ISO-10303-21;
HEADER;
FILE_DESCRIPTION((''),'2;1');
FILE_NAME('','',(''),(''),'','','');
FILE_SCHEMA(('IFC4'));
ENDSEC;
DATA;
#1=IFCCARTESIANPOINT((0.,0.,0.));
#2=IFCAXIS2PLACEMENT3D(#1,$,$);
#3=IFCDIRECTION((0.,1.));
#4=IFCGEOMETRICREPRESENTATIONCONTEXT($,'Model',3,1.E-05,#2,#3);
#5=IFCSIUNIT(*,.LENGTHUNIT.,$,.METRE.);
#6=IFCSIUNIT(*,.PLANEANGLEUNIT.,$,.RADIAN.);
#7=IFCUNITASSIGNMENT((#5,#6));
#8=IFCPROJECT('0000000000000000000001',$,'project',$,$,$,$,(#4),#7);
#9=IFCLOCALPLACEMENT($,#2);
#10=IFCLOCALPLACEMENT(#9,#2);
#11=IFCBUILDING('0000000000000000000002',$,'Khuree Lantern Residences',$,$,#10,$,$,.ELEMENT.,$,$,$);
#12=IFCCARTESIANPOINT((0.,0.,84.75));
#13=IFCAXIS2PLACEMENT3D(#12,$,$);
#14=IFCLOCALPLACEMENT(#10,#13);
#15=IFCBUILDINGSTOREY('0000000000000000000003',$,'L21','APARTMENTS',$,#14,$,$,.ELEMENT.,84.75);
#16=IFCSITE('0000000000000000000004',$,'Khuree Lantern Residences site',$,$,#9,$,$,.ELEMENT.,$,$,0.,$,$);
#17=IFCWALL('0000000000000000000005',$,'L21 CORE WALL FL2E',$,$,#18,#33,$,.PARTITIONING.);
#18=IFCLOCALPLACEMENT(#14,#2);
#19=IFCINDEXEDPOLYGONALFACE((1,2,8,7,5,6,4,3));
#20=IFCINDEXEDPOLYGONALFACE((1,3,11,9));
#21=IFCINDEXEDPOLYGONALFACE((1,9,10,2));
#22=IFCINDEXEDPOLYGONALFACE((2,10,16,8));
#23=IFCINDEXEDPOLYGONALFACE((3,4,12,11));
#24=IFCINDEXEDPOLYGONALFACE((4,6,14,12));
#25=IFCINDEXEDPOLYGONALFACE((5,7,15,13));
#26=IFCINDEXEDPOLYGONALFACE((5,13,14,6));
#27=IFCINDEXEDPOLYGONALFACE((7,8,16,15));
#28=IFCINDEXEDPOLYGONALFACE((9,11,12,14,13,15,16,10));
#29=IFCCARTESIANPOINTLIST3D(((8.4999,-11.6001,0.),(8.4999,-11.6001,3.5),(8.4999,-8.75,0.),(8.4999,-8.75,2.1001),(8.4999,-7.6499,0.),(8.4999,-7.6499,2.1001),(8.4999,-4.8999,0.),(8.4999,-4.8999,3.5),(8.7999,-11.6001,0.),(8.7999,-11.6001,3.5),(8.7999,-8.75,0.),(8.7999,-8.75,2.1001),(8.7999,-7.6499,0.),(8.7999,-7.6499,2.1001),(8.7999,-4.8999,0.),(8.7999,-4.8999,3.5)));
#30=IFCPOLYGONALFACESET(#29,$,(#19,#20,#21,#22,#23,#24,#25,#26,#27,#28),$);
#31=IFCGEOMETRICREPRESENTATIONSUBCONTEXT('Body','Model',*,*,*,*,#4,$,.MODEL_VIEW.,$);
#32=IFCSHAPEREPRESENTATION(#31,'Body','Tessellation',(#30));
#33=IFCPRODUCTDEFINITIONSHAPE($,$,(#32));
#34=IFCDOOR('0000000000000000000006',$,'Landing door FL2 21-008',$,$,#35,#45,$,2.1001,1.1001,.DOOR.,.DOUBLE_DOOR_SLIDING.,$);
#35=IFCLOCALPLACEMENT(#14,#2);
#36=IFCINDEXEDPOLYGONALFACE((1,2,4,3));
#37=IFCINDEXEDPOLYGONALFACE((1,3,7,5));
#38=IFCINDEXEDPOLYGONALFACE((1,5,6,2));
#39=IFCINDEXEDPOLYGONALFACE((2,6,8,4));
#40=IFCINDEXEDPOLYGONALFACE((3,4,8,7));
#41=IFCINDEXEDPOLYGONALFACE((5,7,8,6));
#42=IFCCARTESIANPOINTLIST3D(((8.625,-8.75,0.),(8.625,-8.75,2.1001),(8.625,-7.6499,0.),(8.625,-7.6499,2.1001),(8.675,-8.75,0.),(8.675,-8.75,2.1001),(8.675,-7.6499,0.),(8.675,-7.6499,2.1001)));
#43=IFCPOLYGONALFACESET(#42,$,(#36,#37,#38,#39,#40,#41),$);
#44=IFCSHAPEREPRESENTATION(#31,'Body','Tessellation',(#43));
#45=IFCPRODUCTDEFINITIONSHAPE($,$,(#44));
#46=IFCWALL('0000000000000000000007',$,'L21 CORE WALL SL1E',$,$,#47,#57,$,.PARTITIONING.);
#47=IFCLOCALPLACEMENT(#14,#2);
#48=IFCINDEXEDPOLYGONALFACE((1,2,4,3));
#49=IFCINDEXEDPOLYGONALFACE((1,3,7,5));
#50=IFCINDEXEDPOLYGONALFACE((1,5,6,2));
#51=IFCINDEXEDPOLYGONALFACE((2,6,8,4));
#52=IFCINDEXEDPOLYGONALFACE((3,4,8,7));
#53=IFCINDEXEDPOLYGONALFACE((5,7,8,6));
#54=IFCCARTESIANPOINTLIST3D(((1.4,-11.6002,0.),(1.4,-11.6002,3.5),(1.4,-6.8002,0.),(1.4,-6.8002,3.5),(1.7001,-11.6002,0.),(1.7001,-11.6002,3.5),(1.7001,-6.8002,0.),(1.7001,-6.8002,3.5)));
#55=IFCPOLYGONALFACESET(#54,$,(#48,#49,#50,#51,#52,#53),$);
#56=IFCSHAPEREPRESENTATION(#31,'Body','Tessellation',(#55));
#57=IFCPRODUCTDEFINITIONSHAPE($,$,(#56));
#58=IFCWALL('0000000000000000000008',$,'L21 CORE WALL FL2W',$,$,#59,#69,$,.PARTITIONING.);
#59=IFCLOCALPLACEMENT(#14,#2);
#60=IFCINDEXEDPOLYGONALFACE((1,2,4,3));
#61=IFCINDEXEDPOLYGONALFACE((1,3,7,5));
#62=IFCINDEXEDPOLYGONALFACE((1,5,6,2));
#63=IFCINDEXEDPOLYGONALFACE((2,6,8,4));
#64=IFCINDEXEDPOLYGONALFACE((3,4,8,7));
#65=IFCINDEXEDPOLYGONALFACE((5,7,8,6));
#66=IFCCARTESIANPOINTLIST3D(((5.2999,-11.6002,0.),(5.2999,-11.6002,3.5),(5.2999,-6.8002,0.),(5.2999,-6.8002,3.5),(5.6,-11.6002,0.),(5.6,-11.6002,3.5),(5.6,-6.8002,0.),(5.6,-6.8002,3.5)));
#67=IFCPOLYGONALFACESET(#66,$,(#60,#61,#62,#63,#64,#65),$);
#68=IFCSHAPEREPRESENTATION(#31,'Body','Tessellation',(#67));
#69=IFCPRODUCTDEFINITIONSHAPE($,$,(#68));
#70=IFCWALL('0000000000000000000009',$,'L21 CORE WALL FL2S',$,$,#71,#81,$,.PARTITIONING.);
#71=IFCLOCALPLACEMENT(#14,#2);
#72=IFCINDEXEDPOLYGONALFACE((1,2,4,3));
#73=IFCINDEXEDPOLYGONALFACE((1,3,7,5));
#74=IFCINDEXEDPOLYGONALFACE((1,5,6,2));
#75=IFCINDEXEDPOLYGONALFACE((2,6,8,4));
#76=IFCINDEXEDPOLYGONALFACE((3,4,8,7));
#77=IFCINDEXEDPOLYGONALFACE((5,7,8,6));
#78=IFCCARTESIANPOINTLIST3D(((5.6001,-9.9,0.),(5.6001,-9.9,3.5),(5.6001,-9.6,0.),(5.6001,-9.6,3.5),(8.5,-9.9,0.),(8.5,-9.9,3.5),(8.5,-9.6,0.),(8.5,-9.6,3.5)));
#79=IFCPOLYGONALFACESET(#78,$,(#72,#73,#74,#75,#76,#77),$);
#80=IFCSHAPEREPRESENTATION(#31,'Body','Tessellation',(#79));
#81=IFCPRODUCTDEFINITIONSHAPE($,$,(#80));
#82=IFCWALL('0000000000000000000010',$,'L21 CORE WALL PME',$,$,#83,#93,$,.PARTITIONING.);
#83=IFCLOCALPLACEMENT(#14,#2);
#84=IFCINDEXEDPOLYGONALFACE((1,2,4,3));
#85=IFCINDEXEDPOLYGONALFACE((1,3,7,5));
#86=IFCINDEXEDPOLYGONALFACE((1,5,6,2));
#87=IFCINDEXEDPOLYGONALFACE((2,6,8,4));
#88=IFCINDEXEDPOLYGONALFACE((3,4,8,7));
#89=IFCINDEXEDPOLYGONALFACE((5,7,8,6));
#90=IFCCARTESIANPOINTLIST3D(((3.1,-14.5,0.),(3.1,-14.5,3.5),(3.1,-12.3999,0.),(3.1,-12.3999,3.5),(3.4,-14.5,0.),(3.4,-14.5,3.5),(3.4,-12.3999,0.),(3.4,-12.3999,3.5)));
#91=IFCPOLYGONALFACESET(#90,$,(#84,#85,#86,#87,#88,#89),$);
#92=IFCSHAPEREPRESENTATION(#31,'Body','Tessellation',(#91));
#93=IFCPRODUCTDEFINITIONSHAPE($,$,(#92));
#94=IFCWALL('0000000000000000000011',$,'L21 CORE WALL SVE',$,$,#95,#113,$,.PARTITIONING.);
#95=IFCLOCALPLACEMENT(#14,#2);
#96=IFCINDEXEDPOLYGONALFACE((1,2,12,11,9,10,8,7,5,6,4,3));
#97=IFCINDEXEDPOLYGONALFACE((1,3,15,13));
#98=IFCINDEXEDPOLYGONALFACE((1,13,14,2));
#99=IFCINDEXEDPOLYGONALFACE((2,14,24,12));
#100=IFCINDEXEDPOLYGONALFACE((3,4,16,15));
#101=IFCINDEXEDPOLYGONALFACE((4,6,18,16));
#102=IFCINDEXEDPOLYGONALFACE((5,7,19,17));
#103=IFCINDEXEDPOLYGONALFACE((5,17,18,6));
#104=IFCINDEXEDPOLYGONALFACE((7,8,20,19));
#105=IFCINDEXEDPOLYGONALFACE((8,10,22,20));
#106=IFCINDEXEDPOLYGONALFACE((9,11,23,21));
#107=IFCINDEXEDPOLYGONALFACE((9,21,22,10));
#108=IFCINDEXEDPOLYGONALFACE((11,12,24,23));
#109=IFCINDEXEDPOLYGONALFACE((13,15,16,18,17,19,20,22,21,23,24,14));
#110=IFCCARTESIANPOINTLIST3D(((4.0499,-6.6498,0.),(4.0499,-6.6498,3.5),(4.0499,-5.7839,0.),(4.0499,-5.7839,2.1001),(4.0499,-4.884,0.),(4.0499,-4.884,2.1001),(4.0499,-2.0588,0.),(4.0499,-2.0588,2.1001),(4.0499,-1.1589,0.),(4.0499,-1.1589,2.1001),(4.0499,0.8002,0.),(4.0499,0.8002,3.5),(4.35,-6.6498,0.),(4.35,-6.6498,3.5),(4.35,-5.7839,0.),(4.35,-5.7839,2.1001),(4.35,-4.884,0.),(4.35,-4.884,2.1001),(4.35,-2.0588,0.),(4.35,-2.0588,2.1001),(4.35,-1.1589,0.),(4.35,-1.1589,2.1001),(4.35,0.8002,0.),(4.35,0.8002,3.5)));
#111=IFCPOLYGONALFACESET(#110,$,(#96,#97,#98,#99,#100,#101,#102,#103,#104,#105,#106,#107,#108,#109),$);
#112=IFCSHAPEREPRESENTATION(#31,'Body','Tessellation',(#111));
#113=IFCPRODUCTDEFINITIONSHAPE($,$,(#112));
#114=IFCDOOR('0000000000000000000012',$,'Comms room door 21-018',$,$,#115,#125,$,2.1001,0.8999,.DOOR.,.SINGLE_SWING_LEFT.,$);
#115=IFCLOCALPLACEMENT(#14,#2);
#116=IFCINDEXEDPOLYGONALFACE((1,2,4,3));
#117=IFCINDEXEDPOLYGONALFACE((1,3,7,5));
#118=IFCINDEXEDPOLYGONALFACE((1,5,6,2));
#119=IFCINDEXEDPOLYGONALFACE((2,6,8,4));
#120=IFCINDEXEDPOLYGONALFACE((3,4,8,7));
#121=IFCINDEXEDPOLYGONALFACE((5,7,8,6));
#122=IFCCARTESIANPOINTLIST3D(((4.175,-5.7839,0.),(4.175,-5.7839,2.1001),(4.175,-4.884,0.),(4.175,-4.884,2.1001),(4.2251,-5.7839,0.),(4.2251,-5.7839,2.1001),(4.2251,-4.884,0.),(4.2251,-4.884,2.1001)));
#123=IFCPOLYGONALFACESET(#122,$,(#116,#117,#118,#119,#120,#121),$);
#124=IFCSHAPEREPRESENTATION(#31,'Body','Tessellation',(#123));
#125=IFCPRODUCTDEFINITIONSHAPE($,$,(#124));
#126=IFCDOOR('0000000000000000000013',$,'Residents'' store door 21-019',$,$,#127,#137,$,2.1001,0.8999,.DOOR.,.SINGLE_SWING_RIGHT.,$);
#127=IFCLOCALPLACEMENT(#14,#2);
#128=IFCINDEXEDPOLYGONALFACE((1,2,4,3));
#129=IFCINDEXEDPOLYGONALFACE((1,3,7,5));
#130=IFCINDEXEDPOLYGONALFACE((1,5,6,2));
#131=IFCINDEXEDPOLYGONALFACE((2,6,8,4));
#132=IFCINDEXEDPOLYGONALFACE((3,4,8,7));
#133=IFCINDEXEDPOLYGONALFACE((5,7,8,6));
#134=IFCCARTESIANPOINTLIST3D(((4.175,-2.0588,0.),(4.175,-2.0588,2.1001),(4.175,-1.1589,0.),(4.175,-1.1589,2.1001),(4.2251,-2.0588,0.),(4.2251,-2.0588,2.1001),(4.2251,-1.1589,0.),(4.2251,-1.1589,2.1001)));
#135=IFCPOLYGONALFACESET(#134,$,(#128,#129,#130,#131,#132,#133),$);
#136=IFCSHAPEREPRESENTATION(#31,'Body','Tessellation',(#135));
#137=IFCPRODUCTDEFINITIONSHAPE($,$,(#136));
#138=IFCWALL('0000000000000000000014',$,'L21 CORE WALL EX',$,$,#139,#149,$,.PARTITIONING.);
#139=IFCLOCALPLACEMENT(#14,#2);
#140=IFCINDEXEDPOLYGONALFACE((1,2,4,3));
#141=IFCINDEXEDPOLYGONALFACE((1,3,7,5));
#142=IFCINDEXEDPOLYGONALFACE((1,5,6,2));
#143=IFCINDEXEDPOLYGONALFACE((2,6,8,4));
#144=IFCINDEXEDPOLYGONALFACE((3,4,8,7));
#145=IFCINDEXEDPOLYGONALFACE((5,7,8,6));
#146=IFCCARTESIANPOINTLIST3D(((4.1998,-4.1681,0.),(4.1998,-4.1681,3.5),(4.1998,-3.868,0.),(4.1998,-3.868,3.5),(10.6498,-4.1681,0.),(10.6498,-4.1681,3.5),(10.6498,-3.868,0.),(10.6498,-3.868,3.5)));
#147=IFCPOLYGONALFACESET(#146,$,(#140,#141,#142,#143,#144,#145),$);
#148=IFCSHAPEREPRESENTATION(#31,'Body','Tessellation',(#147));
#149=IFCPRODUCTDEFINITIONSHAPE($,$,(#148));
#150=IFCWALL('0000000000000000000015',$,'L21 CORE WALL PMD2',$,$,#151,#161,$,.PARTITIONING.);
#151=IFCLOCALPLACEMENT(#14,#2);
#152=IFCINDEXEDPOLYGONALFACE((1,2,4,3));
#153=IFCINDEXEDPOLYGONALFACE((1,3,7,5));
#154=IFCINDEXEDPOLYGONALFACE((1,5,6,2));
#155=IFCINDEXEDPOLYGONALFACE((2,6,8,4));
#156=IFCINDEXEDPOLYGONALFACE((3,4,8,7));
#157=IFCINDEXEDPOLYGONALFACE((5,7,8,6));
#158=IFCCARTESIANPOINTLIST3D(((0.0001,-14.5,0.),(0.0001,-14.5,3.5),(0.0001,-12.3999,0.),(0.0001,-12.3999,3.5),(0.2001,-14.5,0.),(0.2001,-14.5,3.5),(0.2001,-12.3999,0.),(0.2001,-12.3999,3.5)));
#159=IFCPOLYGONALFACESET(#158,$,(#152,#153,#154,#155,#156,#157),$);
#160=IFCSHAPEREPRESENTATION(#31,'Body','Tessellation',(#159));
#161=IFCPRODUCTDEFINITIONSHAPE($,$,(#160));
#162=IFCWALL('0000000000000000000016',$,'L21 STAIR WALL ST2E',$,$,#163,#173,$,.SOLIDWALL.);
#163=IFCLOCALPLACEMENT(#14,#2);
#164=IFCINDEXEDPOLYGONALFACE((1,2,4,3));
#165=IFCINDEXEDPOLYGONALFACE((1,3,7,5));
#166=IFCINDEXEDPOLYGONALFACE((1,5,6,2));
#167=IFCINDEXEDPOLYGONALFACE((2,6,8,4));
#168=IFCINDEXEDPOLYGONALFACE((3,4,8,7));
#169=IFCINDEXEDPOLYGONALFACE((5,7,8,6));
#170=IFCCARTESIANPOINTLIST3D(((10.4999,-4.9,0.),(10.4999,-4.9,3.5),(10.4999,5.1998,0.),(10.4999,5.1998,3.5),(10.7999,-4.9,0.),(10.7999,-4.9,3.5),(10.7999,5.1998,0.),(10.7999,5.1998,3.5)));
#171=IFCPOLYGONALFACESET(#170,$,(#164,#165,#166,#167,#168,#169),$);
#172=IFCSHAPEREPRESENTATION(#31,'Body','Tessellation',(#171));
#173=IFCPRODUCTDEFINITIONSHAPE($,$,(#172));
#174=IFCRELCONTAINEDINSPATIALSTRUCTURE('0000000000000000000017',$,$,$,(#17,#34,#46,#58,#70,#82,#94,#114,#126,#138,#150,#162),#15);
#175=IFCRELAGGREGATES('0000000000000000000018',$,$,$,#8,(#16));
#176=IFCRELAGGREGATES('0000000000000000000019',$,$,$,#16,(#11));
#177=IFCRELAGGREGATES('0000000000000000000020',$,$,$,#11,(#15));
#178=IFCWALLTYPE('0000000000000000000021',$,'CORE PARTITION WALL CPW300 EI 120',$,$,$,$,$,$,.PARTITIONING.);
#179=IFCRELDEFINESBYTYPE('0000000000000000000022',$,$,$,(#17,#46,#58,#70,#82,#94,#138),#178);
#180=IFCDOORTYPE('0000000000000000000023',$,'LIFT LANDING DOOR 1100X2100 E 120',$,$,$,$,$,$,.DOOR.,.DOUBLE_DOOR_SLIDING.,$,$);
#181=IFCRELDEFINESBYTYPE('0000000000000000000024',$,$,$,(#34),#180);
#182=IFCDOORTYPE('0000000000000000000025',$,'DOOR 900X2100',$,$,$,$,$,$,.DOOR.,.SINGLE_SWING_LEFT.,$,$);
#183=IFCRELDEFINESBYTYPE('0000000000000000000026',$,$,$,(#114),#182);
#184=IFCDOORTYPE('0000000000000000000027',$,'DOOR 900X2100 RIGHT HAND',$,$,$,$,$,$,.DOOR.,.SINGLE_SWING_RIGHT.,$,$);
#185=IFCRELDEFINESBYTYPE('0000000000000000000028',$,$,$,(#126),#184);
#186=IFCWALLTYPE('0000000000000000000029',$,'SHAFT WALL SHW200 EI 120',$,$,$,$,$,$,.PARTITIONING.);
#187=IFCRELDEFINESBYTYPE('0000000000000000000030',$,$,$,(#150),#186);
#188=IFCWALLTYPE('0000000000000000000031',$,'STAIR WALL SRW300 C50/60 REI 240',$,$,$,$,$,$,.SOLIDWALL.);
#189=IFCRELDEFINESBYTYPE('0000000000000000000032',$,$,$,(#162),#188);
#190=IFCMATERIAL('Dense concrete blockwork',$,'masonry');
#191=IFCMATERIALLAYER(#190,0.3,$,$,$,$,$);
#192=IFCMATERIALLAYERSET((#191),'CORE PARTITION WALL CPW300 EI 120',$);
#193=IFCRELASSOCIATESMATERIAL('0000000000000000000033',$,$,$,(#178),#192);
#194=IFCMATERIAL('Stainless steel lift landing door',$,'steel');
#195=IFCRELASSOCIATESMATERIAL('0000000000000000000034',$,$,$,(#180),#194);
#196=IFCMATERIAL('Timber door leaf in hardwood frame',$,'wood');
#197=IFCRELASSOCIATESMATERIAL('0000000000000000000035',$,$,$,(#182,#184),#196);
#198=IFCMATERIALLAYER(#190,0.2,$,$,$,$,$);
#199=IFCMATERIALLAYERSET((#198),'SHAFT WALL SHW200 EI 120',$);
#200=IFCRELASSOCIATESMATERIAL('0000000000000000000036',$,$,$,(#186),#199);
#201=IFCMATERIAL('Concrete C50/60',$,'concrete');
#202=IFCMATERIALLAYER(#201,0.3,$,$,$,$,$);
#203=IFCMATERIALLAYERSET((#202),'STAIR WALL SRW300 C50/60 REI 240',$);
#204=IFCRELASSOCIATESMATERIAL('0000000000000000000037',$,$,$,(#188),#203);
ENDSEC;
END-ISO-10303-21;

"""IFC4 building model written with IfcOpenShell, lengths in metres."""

from ifc_helpers import new_model, si_unit, direction, frame, frame_2d, origin, place, context, subcontext, project, spatial, rectangle, extrude, material, layer, layer_set, type_object, element, fill, save


model = new_model("IFC4")

# Units and contexts
model_context = context("Model", 3, precision=1e-05, world=origin(), true_north=direction((0.0, 1.0)))
body_context = subcontext(model_context, "Body", "Model", "MODEL_VIEW")
ifc_project = project(units=[si_unit("LENGTHUNIT", "METRE"), si_unit("PLANEANGLEUNIT", "RADIAN")], contexts=[model_context])

# Site, building, storey
site_placement = place(None, origin())
site = spatial("IfcSite", under=ifc_project, at=site_placement, Name="Khuree Lantern Residences site", CompositionType="ELEMENT", RefElevation=0.0)
building_placement = place(site_placement, origin())
building = spatial("IfcBuilding", under=site, at=building_placement, Name="Khuree Lantern Residences", CompositionType="ELEMENT")
storey_placement = place(building_placement, frame((0.0, 0.0, 84.75)))
storey = spatial("IfcBuildingStorey", under=building, at=storey_placement, Name="L21", Description="APARTMENTS", CompositionType="ELEMENT", Elevation=84.75)

# Wall, opening, door
ifc_material_1 = material(Name="Dense concrete blockwork", Category="masonry")
ifc_layer_1 = layer(ifc_material_1, 0.3)
ifc_layer_set_1 = layer_set([ifc_layer_1], Name="CORE PARTITION WALL CPW300 EI 120")
wall_type_1 = type_object("IfcWallType", Name="CORE PARTITION WALL CPW300 EI 120", PredefinedType="PARTITIONING", material=ifc_layer_set_1)
wall_1_placement = place(storey_placement, frame((8.6499, -11.6001, 0.0), z_axis=(0.0, 0.0, 1.0), x_axis=(0.0, 1.0, 0.0)))
wall_1 = element("IfcWall", 1, at=wall_1_placement, inside=storey, type_object=wall_type_1, Name="L21 CORE WALL FL2E", PredefinedType="PARTITIONING", context=body_context, shape_type="SweptSolid", body=[
    extrude(rectangle(XDim=6.7002, YDim=0.3, at=frame_2d((3.3501, 0.0))), origin(), (0.0, 0.0, 1.0), 3.5),
])
opening_1_placement = place(wall_1_placement, frame((2.8501, 0.0, 0.0)))
opening_1 = element("IfcOpeningElement", 2, at=opening_1_placement, cuts=wall_1, PredefinedType="OPENING", context=body_context, shape_type="SweptSolid", body=[
    extrude(rectangle(XDim=1.1001, YDim=2.1001, at=frame_2d((0.55, 1.05))), frame((0.0, 0.1602, 0.0), z_axis=(0.0, -1.0, 0.0), x_axis=(1.0, 0.0, 0.0)), (0.0, 0.0, 1.0), 0.3201),
])
ifc_material_2 = material(Name="Stainless steel lift landing door", Category="steel")
door_type_1 = type_object("IfcDoorType", Name="LIFT LANDING DOOR 1100X2100 E 120", OperationType="DOUBLE_DOOR_SLIDING", PredefinedType="DOOR", material=ifc_material_2)
door_1_placement = place(opening_1_placement, origin())
door_1 = element("IfcDoor", 3, at=door_1_placement, inside=storey, type_object=door_type_1, Name="Landing door FL2 21-008", OperationType="DOUBLE_DOOR_SLIDING", OverallHeight=2.1001, OverallWidth=1.1001, PredefinedType="DOOR", context=body_context, shape_type="SweptSolid", body=[
    extrude(rectangle(XDim=1.1001, YDim=2.1001, at=frame_2d((0.55, 1.05))), frame((0.0, 0.0249, 0.0), z_axis=(0.0, -1.0, 0.0), x_axis=(1.0, 0.0, 0.0)), (0.0, 0.0, 1.0), 0.05),
])
fill(opening_1, door_1)

# Walls
for number, where, z_axis, x_axis, name in (
    (4, (1.55, -11.6001, 0.0), (0.0, 0.0, 1.0), (0.0, 1.0, 0.0), "L21 CORE WALL SL1E"),
    (5, (5.45, -11.6001, 0.0), (0.0, 0.0, 1.0), (0.0, 1.0, 0.0), "L21 CORE WALL FL2W"),
):
    element("IfcWall", number, at=place(storey_placement, frame(where, z_axis=z_axis, x_axis=x_axis)), inside=storey, type_object=wall_type_1, Name=name, PredefinedType="PARTITIONING", context=body_context, shape_type="SweptSolid", body=[
        extrude(rectangle(XDim=4.8, YDim=0.3, at=frame_2d((2.3999, 0.0))), origin(), (0.0, 0.0, 1.0), 3.5),
    ])
wall_2_placement = place(storey_placement, frame((5.6001, -9.75, 0.0), z_axis=(0.0, 0.0, 1.0), x_axis=(1.0, 0.0, 0.0)))
element("IfcWall", 6, at=wall_2_placement, inside=storey, type_object=wall_type_1, Name="L21 CORE WALL FL2S", PredefinedType="PARTITIONING", context=body_context, shape_type="SweptSolid", body=[
    extrude(rectangle(XDim=2.8999, YDim=0.3, at=frame_2d((1.45, 0.0))), origin(), (0.0, 0.0, 1.0), 3.5),
])
wall_3_placement = place(storey_placement, frame((3.25, -14.5, 0.0), z_axis=(0.0, 0.0, 1.0), x_axis=(0.0, 1.0, 0.0)))
element("IfcWall", 7, at=wall_3_placement, inside=storey, type_object=wall_type_1, Name="L21 CORE WALL PME", PredefinedType="PARTITIONING", context=body_context, shape_type="SweptSolid", body=[
    extrude(rectangle(XDim=2.1001, YDim=0.3, at=frame_2d((1.05, 0.0))), origin(), (0.0, 0.0, 1.0), 3.5),
])

# Wall, openings, doors
wall_4_placement = place(storey_placement, frame((4.2, -6.6499, 0.0), z_axis=(0.0, 0.0, 1.0), x_axis=(0.0, 1.0, 0.0)))
wall_4 = element("IfcWall", 8, at=wall_4_placement, inside=storey, type_object=wall_type_1, Name="L21 CORE WALL SVE", PredefinedType="PARTITIONING", context=body_context, shape_type="SweptSolid", body=[
    extrude(rectangle(XDim=7.45, YDim=0.3, at=frame_2d((3.7251, 0.0))), origin(), (0.0, 0.0, 1.0), 3.5),
])
opening_2_placement = place(wall_4_placement, frame((0.866, 0.0, 0.0)))
opening_2 = element("IfcOpeningElement", 9, at=opening_2_placement, cuts=wall_4, PredefinedType="OPENING", context=body_context, shape_type="SweptSolid", body=[
    extrude(rectangle(XDim=0.8999, YDim=2.1001, at=frame_2d((0.45, 1.05))), frame((0.0, 0.1602, 0.0), z_axis=(0.0, -1.0, 0.0), x_axis=(1.0, 0.0, 0.0)), (0.0, 0.0, 1.0), 0.3201),
])
opening_3_placement = place(wall_4_placement, frame((4.5911, 0.0, 0.0)))
opening_3 = element("IfcOpeningElement", 10, at=opening_3_placement, cuts=wall_4, PredefinedType="OPENING", context=body_context, shape_type="SweptSolid", body=[
    extrude(rectangle(XDim=0.8999, YDim=2.1001, at=frame_2d((0.45, 1.05))), frame((0.0, 0.1602, 0.0), z_axis=(0.0, -1.0, 0.0), x_axis=(1.0, 0.0, 0.0)), (0.0, 0.0, 1.0), 0.3201),
])
ifc_material_3 = material(Name="Timber door leaf in hardwood frame", Category="wood")
door_type_2 = type_object("IfcDoorType", Name="DOOR 900X2100", OperationType="SINGLE_SWING_LEFT", PredefinedType="DOOR", material=ifc_material_3)
door_2_placement = place(opening_2_placement, origin())
door_2 = element("IfcDoor", 11, at=door_2_placement, inside=storey, type_object=door_type_2, Name="Comms room door 21-018", OperationType="SINGLE_SWING_LEFT", OverallHeight=2.1001, OverallWidth=0.8999, PredefinedType="DOOR", context=body_context, shape_type="SweptSolid", body=[
    extrude(rectangle(XDim=0.8999, YDim=2.1001, at=frame_2d((0.45, 1.05))), frame((0.0, 0.0249, 0.0), z_axis=(0.0, -1.0, 0.0), x_axis=(1.0, 0.0, 0.0)), (0.0, 0.0, 1.0), 0.05),
])
fill(opening_2, door_2)
door_type_3 = type_object("IfcDoorType", Name="DOOR 900X2100 RIGHT HAND", OperationType="SINGLE_SWING_RIGHT", PredefinedType="DOOR", material=ifc_material_3)
door_3_placement = place(opening_3_placement, origin())
door_3 = element("IfcDoor", 12, at=door_3_placement, inside=storey, type_object=door_type_3, Name="Residents' store door 21-019", OperationType="SINGLE_SWING_RIGHT", OverallHeight=2.1001, OverallWidth=0.8999, PredefinedType="DOOR", context=body_context, shape_type="SweptSolid", body=[
    extrude(rectangle(XDim=0.8999, YDim=2.1001, at=frame_2d((0.45, 1.05))), frame((0.0, 0.0249, 0.0), z_axis=(0.0, -1.0, 0.0), x_axis=(1.0, 0.0, 0.0)), (0.0, 0.0, 1.0), 0.05),
])
fill(opening_3, door_3)

# Walls
wall_5_placement = place(storey_placement, frame((10.6499, -4.0181, 0.0), z_axis=(0.0, 0.0, 1.0), x_axis=(-1.0, 0.0, 0.0)))
element("IfcWall", 13, at=wall_5_placement, inside=storey, type_object=wall_type_1, Name="L21 CORE WALL EX", PredefinedType="PARTITIONING", context=body_context, shape_type="SweptSolid", body=[
    extrude(rectangle(XDim=6.45, YDim=0.3, at=frame_2d((3.2251, 0.0))), origin(), (0.0, 0.0, 1.0), 3.5),
])
ifc_layer_2 = layer(ifc_material_1, 0.2)
ifc_layer_set_2 = layer_set([ifc_layer_2], Name="SHAFT WALL SHW200 EI 120")
wall_type_2 = type_object("IfcWallType", Name="SHAFT WALL SHW200 EI 120", PredefinedType="PARTITIONING", material=ifc_layer_set_2)
wall_6_placement = place(storey_placement, frame((0.1001, -14.5, 0.0), z_axis=(0.0, 0.0, 1.0), x_axis=(0.0, 1.0, 0.0)))
element("IfcWall", 14, at=wall_6_placement, inside=storey, type_object=wall_type_2, Name="L21 CORE WALL PMD2", PredefinedType="PARTITIONING", context=body_context, shape_type="SweptSolid", body=[
    extrude(rectangle(XDim=2.1001, YDim=0.2, at=frame_2d((1.05, 0.0))), origin(), (0.0, 0.0, 1.0), 3.5),
])
ifc_material_4 = material(Name="Concrete C50/60", Category="concrete")
ifc_layer_3 = layer(ifc_material_4, 0.3)
ifc_layer_set_3 = layer_set([ifc_layer_3], Name="STAIR WALL SRW300 C50/60 REI 240")
wall_type_3 = type_object("IfcWallType", Name="STAIR WALL SRW300 C50/60 REI 240", PredefinedType="SOLIDWALL", material=ifc_layer_set_3)
wall_7_placement = place(storey_placement, frame((10.6499, -4.8999, 0.0), z_axis=(0.0, 0.0, 1.0), x_axis=(0.0, 1.0, 0.0)))
element("IfcWall", 15, at=wall_7_placement, inside=storey, type_object=wall_type_3, Name="L21 STAIR WALL ST2E", PredefinedType="SOLIDWALL", context=body_context, shape_type="SweptSolid", body=[
    extrude(rectangle(XDim=10.0999, YDim=0.3, at=frame_2d((5.0498, 0.0))), origin(), (0.0, 0.0, 1.0), 3.5),
])

save(model, "model.ifc")
